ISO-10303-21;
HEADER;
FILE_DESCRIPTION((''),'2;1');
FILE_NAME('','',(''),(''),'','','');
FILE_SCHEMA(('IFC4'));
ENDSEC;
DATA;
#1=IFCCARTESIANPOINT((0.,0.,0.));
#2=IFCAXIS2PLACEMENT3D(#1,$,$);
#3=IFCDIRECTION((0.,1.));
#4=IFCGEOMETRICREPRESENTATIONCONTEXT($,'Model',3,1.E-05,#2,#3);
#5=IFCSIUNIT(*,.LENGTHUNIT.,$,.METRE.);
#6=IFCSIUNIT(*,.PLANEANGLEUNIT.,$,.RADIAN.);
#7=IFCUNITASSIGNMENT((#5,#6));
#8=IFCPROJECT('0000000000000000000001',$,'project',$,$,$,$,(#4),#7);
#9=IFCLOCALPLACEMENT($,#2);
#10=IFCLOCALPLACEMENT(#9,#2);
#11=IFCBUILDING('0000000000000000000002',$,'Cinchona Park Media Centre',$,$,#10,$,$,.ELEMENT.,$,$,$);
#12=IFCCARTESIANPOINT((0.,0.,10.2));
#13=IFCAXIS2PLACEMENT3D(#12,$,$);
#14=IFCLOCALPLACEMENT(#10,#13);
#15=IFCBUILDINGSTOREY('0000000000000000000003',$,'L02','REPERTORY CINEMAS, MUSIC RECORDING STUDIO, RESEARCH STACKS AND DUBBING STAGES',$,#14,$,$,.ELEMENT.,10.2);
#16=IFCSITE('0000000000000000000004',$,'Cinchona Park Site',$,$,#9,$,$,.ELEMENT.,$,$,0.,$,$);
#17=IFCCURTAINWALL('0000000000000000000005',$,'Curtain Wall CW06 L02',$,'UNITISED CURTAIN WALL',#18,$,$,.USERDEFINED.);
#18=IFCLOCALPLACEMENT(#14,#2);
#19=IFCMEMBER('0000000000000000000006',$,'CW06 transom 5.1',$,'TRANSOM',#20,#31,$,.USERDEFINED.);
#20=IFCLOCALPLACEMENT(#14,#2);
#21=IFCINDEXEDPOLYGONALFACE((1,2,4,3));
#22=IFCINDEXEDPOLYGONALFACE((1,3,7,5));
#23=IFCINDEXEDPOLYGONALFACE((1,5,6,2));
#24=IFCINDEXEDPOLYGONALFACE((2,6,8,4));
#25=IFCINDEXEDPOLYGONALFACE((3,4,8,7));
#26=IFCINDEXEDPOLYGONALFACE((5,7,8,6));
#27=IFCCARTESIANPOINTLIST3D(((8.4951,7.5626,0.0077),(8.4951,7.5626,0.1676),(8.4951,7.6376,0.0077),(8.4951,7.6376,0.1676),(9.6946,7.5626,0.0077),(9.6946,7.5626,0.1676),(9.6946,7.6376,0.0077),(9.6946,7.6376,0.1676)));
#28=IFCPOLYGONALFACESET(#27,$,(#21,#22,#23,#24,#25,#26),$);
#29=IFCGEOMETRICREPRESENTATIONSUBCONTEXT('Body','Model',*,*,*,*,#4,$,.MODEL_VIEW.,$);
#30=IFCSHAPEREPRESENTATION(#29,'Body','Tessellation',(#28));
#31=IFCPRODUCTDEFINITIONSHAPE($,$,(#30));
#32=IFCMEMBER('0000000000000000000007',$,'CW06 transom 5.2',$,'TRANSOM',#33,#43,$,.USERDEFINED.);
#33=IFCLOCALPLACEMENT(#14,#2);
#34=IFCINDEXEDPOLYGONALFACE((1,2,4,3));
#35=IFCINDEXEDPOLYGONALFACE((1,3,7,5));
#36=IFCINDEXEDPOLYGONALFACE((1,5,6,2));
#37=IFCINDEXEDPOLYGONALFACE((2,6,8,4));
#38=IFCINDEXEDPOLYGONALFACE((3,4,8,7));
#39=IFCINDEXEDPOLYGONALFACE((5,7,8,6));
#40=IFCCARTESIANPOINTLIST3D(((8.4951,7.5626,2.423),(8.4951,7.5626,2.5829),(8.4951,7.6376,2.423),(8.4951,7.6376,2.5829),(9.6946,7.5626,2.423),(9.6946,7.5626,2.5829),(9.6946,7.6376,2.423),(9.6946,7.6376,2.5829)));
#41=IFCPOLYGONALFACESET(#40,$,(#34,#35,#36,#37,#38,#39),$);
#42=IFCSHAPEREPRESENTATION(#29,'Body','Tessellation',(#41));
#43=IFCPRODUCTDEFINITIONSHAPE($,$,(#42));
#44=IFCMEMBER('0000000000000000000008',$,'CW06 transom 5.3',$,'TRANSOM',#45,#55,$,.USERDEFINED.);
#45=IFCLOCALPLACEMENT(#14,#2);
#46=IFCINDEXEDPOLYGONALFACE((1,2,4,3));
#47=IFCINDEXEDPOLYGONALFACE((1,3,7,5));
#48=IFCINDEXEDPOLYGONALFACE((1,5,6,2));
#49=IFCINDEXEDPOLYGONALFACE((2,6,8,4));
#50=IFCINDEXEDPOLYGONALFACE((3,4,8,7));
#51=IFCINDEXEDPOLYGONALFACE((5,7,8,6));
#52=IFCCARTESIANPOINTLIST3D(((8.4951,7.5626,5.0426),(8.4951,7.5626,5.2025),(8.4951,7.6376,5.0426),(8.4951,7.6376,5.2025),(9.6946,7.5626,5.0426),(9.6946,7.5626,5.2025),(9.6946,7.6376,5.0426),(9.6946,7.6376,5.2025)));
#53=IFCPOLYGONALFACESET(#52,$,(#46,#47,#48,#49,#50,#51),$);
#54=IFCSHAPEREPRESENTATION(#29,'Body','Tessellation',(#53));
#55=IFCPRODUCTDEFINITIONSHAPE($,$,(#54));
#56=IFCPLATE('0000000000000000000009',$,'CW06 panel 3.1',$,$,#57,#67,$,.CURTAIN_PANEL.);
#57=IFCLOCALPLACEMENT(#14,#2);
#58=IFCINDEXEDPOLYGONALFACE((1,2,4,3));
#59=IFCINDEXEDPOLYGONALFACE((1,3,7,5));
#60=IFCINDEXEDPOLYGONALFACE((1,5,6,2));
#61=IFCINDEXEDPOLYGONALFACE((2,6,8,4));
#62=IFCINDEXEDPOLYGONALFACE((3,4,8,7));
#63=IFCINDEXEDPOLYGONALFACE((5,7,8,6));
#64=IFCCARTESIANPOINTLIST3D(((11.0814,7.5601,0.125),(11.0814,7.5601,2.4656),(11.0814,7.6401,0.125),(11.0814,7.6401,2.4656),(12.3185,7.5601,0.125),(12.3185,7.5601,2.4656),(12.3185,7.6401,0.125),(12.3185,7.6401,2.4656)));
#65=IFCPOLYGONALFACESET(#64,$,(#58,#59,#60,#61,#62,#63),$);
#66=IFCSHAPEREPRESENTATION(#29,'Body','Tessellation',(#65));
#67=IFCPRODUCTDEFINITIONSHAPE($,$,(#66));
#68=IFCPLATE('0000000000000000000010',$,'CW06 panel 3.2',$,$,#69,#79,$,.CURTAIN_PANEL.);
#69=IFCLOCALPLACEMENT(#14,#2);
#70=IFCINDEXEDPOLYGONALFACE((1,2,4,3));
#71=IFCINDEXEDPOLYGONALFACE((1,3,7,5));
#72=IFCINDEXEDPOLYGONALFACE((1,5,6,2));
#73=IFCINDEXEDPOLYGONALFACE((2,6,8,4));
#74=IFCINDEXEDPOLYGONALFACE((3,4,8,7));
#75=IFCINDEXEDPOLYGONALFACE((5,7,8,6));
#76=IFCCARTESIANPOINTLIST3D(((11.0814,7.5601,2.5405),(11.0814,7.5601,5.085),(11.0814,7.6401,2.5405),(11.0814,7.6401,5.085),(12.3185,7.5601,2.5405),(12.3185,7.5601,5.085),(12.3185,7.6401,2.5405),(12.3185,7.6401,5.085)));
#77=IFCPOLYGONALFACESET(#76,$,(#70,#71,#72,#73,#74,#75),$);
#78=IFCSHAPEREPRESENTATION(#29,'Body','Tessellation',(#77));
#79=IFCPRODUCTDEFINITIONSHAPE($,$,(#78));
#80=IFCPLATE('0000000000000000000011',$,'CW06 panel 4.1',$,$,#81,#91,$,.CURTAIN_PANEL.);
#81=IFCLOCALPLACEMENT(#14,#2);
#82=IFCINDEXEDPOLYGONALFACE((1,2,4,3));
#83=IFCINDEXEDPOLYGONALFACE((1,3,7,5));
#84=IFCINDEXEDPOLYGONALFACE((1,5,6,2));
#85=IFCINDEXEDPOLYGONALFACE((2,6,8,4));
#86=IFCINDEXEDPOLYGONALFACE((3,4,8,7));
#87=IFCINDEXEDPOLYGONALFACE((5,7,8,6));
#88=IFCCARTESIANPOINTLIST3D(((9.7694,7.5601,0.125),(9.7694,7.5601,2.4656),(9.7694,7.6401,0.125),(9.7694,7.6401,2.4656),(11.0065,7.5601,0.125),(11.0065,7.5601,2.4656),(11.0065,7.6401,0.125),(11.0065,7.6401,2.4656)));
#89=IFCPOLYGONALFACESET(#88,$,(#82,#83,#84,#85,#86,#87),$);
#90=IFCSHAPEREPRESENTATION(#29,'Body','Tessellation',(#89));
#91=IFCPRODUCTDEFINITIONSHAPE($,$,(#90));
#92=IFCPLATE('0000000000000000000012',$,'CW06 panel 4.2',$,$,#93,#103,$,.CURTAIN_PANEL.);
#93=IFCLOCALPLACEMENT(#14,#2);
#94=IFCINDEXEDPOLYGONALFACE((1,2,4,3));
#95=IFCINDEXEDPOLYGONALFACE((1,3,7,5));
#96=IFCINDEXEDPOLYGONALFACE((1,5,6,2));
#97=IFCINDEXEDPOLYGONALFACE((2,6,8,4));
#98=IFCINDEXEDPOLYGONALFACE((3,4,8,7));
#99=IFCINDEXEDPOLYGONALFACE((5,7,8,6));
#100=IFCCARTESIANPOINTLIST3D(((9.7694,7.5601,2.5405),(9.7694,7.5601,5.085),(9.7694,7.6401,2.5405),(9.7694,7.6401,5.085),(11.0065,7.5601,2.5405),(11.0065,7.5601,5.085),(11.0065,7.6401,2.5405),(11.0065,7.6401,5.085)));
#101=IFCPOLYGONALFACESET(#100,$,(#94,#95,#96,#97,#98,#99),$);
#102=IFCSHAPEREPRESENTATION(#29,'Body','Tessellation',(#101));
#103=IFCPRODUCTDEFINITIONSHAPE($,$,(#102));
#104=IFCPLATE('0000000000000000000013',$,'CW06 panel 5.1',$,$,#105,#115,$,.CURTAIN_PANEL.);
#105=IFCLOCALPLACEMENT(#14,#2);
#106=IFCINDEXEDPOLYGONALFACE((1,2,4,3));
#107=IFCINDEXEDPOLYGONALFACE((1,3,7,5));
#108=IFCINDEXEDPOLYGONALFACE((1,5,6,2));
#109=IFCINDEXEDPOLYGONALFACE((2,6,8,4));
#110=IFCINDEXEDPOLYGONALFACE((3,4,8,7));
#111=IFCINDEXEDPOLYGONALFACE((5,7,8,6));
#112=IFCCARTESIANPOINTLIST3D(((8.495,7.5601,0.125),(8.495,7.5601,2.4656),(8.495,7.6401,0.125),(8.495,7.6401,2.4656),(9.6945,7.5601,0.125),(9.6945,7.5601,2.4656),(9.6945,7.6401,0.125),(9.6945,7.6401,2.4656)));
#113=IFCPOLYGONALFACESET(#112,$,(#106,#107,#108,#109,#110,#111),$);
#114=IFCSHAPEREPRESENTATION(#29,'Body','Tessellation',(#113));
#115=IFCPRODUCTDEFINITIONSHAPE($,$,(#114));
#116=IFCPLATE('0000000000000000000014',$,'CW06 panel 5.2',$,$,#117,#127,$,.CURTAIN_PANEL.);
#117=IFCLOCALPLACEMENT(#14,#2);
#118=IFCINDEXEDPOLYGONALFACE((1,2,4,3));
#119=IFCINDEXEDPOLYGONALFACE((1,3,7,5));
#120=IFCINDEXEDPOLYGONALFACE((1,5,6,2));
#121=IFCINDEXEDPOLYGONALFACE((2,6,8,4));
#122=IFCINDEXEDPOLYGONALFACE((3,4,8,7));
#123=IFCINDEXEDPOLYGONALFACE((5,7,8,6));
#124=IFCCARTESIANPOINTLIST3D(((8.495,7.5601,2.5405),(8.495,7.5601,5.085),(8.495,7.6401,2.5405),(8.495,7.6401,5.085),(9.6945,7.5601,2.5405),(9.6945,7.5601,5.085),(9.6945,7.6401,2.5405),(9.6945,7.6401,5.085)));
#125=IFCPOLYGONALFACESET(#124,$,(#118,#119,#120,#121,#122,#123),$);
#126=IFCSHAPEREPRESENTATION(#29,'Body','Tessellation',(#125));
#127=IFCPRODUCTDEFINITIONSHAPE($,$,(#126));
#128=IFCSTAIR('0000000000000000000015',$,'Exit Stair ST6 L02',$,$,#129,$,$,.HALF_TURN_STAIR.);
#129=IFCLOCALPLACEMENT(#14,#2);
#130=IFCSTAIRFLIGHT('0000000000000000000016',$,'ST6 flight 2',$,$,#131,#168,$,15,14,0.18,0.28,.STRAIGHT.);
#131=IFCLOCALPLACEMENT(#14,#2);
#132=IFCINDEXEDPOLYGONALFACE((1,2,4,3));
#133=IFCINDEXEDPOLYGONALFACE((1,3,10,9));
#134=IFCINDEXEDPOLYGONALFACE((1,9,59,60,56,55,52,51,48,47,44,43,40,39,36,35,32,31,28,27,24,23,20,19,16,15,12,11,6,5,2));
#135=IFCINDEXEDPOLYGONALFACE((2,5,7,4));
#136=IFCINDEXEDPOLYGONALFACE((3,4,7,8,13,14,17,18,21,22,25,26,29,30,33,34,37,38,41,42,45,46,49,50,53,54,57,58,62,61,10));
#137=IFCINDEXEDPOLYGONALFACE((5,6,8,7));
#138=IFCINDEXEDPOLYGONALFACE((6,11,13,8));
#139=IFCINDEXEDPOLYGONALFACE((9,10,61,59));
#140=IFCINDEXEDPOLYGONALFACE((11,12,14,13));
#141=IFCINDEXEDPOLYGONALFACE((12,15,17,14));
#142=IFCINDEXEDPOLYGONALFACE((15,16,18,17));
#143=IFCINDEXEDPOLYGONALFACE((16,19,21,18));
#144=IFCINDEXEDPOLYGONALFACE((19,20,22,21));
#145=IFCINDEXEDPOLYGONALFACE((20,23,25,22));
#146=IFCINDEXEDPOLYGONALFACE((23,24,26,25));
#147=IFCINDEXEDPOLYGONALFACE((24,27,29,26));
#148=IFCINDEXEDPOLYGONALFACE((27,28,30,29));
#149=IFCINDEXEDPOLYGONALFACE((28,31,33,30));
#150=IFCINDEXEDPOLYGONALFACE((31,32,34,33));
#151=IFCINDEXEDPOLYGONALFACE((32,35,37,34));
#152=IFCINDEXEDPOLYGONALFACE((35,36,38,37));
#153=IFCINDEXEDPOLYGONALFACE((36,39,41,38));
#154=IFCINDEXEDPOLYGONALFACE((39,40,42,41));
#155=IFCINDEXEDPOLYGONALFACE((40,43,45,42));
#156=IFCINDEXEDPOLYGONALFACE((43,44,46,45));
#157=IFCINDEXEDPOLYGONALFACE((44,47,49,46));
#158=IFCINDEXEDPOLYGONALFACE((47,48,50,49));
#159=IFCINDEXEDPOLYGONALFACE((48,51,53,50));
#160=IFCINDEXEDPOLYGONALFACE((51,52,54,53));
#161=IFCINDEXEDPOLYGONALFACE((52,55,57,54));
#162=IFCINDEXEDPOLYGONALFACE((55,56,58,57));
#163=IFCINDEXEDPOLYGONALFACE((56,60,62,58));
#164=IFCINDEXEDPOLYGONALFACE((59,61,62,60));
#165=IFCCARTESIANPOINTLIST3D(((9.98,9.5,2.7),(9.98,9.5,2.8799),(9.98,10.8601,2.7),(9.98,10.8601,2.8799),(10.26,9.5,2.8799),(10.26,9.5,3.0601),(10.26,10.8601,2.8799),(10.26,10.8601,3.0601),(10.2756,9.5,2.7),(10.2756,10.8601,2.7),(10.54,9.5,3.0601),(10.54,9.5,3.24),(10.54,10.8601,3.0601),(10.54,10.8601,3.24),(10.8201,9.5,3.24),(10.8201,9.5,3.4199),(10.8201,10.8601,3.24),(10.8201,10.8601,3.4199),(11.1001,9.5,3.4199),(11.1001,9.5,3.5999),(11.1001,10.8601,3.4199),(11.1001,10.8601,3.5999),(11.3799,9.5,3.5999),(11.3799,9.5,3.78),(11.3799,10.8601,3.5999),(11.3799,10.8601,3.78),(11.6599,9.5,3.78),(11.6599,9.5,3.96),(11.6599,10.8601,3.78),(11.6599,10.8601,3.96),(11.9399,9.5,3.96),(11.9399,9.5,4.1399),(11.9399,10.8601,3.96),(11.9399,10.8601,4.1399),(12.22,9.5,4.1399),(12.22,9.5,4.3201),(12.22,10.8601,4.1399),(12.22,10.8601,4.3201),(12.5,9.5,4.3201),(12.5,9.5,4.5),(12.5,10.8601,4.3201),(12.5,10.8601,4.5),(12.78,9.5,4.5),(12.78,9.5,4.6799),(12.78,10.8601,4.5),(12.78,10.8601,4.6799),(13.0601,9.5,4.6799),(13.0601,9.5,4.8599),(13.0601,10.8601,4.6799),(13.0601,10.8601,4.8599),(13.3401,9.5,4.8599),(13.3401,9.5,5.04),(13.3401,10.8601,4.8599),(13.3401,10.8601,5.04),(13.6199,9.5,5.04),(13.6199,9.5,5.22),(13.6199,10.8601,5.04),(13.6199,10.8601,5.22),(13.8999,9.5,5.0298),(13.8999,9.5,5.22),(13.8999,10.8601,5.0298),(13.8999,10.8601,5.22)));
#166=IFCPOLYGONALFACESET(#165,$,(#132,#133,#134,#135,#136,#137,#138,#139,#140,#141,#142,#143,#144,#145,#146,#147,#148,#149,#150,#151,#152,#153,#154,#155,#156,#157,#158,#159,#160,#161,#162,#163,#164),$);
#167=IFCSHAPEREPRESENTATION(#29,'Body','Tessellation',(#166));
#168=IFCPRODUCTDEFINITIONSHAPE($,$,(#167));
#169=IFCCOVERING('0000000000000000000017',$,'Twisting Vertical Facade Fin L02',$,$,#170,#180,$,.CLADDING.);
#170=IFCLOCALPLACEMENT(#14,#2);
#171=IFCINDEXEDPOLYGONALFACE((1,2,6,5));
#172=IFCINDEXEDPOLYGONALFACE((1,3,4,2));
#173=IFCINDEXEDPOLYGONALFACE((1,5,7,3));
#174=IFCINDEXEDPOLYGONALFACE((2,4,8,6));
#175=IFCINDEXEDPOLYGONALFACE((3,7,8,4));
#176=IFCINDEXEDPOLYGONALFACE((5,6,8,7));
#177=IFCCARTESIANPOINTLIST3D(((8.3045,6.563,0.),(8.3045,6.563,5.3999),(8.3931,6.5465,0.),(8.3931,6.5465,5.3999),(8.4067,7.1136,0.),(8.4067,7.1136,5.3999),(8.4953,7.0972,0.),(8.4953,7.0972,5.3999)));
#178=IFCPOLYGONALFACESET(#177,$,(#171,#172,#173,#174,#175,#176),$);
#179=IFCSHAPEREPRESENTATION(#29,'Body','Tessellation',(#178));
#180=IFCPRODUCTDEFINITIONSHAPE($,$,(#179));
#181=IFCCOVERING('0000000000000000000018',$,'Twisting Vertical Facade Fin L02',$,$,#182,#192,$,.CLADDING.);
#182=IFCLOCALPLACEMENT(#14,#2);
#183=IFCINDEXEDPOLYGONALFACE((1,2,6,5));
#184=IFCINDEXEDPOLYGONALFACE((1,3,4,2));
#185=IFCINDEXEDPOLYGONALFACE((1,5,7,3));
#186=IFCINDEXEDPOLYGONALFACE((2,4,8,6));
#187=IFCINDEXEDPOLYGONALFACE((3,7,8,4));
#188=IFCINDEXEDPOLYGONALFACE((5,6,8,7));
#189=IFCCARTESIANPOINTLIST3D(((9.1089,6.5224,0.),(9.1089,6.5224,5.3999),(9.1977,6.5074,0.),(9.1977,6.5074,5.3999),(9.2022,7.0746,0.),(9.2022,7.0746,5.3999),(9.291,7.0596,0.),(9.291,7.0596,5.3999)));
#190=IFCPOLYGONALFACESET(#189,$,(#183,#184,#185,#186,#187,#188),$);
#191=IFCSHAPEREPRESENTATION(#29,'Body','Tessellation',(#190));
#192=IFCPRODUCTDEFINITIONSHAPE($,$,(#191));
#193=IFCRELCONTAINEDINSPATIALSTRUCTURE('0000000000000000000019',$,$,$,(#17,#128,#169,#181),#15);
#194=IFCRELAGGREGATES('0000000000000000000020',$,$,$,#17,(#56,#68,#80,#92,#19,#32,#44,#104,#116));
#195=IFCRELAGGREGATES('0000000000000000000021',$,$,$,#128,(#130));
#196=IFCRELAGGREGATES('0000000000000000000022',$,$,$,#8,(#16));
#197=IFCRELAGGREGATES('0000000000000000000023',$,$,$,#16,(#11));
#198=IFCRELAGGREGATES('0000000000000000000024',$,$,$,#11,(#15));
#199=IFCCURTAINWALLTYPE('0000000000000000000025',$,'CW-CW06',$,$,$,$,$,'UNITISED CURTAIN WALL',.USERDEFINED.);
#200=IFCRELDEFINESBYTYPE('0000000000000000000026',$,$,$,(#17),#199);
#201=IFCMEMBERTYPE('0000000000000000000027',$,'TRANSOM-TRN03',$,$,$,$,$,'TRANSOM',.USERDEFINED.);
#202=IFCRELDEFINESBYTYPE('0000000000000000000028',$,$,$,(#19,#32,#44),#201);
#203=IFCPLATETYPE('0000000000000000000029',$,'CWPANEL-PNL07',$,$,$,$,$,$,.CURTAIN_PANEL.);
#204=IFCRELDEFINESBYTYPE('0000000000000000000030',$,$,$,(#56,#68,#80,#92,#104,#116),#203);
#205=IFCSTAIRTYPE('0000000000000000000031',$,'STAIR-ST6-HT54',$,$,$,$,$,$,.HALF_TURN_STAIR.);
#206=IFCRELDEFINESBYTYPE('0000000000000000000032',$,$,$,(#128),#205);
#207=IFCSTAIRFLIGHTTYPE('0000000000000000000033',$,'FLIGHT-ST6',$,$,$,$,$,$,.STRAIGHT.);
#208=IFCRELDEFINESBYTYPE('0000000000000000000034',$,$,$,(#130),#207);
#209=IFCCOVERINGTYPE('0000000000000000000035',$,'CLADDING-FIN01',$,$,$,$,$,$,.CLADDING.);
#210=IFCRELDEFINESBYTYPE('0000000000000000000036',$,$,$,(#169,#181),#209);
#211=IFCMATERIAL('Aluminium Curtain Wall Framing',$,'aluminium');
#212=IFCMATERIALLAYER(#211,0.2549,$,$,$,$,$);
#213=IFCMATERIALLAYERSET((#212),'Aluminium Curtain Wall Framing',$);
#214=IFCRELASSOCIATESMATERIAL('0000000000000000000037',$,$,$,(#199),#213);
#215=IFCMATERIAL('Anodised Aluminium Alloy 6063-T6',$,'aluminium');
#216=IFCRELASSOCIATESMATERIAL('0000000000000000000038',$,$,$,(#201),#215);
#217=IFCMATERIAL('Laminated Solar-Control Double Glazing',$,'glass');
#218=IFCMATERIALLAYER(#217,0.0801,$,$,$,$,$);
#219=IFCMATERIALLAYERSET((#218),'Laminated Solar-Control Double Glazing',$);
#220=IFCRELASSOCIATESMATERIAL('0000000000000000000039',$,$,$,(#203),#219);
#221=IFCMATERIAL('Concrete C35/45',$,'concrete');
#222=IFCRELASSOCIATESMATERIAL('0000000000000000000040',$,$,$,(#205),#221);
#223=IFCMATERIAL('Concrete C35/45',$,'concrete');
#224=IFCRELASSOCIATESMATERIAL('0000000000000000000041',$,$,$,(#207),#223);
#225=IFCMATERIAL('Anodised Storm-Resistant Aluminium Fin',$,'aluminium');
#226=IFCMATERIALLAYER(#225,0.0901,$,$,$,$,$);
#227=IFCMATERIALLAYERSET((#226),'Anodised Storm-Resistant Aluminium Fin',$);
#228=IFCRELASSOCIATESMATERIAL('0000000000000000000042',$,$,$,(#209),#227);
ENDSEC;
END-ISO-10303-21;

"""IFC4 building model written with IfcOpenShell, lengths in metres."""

from ifc_helpers import new_model, si_unit, direction, frame, origin, origin_2d, place, context, subcontext, project, spatial, polyline, rectangle, outline, extrude, material, layer, layer_set, material_profile, profile_set, type_object, element, aggregate, save


model = new_model("IFC4")

# Units and contexts
model_context = context("Model", 3, precision=1e-05, world=origin(), true_north=direction((0.0, 1.0)))
body_context = subcontext(model_context, "Body", "Model", "MODEL_VIEW")
ifc_project = project(units=[si_unit("LENGTHUNIT", "METRE"), si_unit("PLANEANGLEUNIT", "RADIAN")], contexts=[model_context])

# Site, building, storey
site_placement = place(None, origin())
site = spatial("IfcSite", under=ifc_project, at=site_placement, Name="Cinchona Park Site", CompositionType="ELEMENT", RefElevation=0.0)
building_placement = place(site_placement, origin())
building = spatial("IfcBuilding", under=site, at=building_placement, Name="Cinchona Park Media Centre", CompositionType="ELEMENT")
storey_placement = place(building_placement, frame((0.0, 0.0, 10.2)))
storey = spatial("IfcBuildingStorey", under=building, at=storey_placement, Name="L02", Description="REPERTORY CINEMAS, MUSIC RECORDING STUDIO, RESEARCH STACKS AND DUBBING STAGES", CompositionType="ELEMENT", Elevation=10.2)

# Curtain wall, members, plates
ifc_material_1 = material(Name="Aluminium Curtain Wall Framing", Category="aluminium")
ifc_layer_1 = layer(ifc_material_1, 0.2549)
ifc_layer_set_1 = layer_set([ifc_layer_1], Name="Aluminium Curtain Wall Framing")
curtain_wall_type = type_object("IfcCurtainWallType", Name="CW-CW06", ElementType="UNITISED CURTAIN WALL", PredefinedType="USERDEFINED", material=ifc_layer_set_1)
curtain_wall_placement = place(storey_placement, origin())
curtain_wall = element("IfcCurtainWall", 1, at=curtain_wall_placement, inside=storey, type_object=curtain_wall_type, Name="Curtain Wall CW06 L02", ObjectType="UNITISED CURTAIN WALL", PredefinedType="USERDEFINED")
ifc_material_2 = material(Name="Anodised Aluminium Alloy 6063-T6", Category="aluminium")
ifc_material_profile_1 = material_profile(ifc_material_2, rectangle(XDim=0.075, YDim=0.1599, at=origin_2d()), Name="TRN-75X160")
ifc_profile_set_1 = profile_set([ifc_material_profile_1], Name="Anodised Aluminium Alloy 6063-T6")
member_type_1 = type_object("IfcMemberType", Name="TRANSOM-TRN03", ElementType="TRANSOM", PredefinedType="USERDEFINED", material=ifc_profile_set_1)
member_1_placement = place(storey_placement, frame((9.6946, 7.6001, 0.0876), z_axis=(-1.0, 0.0, 0.0), x_axis=(0.0, -1.0, 0.0)))
member_1 = element("IfcMember", 2, at=member_1_placement, type_object=member_type_1, Name="CW06 transom 5.1", ObjectType="TRANSOM", PredefinedType="USERDEFINED", context=body_context, shape_type="SweptSolid", body=[
    extrude(rectangle(XDim=0.075, YDim=0.1599, at=origin_2d()), origin(), (0.0, 0.0, 1.0), 1.1995),
])
member_2_placement = place(storey_placement, frame((9.6946, 7.6001, 2.5029), z_axis=(-1.0, 0.0, 0.0), x_axis=(0.0, -1.0, 0.0)))
member_2 = element("IfcMember", 3, at=member_2_placement, type_object=member_type_1, Name="CW06 transom 5.2", ObjectType="TRANSOM", PredefinedType="USERDEFINED", context=body_context, shape_type="SweptSolid", body=[
    extrude(rectangle(XDim=0.075, YDim=0.1599, at=origin_2d()), origin(), (0.0, 0.0, 1.0), 1.1995),
])
member_3_placement = place(storey_placement, frame((9.6946, 7.6001, 5.1226), z_axis=(-1.0, 0.0, 0.0), x_axis=(0.0, -1.0, 0.0)))
member_3 = element("IfcMember", 4, at=member_3_placement, type_object=member_type_1, Name="CW06 transom 5.3", ObjectType="TRANSOM", PredefinedType="USERDEFINED", context=body_context, shape_type="SweptSolid", body=[
    extrude(rectangle(XDim=0.075, YDim=0.1599, at=origin_2d()), origin(), (0.0, 0.0, 1.0), 1.1995),
])
ifc_material_3 = material(Name="Laminated Solar-Control Double Glazing", Category="glass")
ifc_layer_2 = layer(ifc_material_3, 0.0801)
ifc_layer_set_2 = layer_set([ifc_layer_2], Name="Laminated Solar-Control Double Glazing")
plate_type = type_object("IfcPlateType", Name="CWPANEL-PNL07", PredefinedType="CURTAIN_PANEL", material=ifc_layer_set_2)
plate_1_placement = place(storey_placement, frame((11.7, 7.6001, 0.125), z_axis=(0.0, 0.0, 1.0), x_axis=(-1.0, 0.0, 0.0)))
plate_1 = element("IfcPlate", 5, at=plate_1_placement, type_object=plate_type, Name="CW06 panel 3.1", PredefinedType="CURTAIN_PANEL", context=body_context, shape_type="SweptSolid", body=[
    extrude(rectangle(XDim=1.2371, YDim=0.0801, at=origin_2d()), origin(), (0.0, 0.0, 1.0), 2.3406),
])
plate_2_placement = place(storey_placement, frame((11.7, 7.6001, 2.5405), z_axis=(0.0, 0.0, 1.0), x_axis=(-1.0, 0.0, 0.0)))
plate_2 = element("IfcPlate", 6, at=plate_2_placement, type_object=plate_type, Name="CW06 panel 3.2", PredefinedType="CURTAIN_PANEL", context=body_context, shape_type="SweptSolid", body=[
    extrude(rectangle(XDim=1.2371, YDim=0.0801, at=origin_2d()), origin(), (0.0, 0.0, 1.0), 2.5444),
])
plate_3_placement = place(storey_placement, frame((10.3879, 7.6001, 0.125), z_axis=(0.0, 0.0, 1.0), x_axis=(-1.0, 0.0, 0.0)))
plate_3 = element("IfcPlate", 7, at=plate_3_placement, type_object=plate_type, Name="CW06 panel 4.1", PredefinedType="CURTAIN_PANEL", context=body_context, shape_type="SweptSolid", body=[
    extrude(rectangle(XDim=1.2371, YDim=0.0801, at=origin_2d()), origin(), (0.0, 0.0, 1.0), 2.3406),
])
plate_4_placement = place(storey_placement, frame((10.3879, 7.6001, 2.5405), z_axis=(0.0, 0.0, 1.0), x_axis=(-1.0, 0.0, 0.0)))
plate_4 = element("IfcPlate", 8, at=plate_4_placement, type_object=plate_type, Name="CW06 panel 4.2", PredefinedType="CURTAIN_PANEL", context=body_context, shape_type="SweptSolid", body=[
    extrude(rectangle(XDim=1.2371, YDim=0.0801, at=origin_2d()), origin(), (0.0, 0.0, 1.0), 2.5444),
])
plate_5_placement = place(storey_placement, frame((9.0947, 7.6001, 0.125), z_axis=(0.0, 0.0, 1.0), x_axis=(-1.0, 0.0, 0.0)))
plate_5 = element("IfcPlate", 9, at=plate_5_placement, type_object=plate_type, Name="CW06 panel 5.1", PredefinedType="CURTAIN_PANEL", context=body_context, shape_type="SweptSolid", body=[
    extrude(rectangle(XDim=1.1995, YDim=0.0801, at=origin_2d()), origin(), (0.0, 0.0, 1.0), 2.3406),
])
plate_6_placement = place(storey_placement, frame((9.0947, 7.6001, 2.5405), z_axis=(0.0, 0.0, 1.0), x_axis=(-1.0, 0.0, 0.0)))
plate_6 = element("IfcPlate", 10, at=plate_6_placement, type_object=plate_type, Name="CW06 panel 5.2", PredefinedType="CURTAIN_PANEL", context=body_context, shape_type="SweptSolid", body=[
    extrude(rectangle(XDim=1.1995, YDim=0.0801, at=origin_2d()), origin(), (0.0, 0.0, 1.0), 2.5444),
])
aggregate(curtain_wall, [plate_1, plate_2, plate_3, plate_4, member_1, member_2, member_3, plate_5, plate_6])

# Stair, stair flight
ifc_material_4 = material(Name="Concrete C35/45", Category="concrete")
stair_type = type_object("IfcStairType", Name="STAIR-ST6-HT54", PredefinedType="HALF_TURN_STAIR", material=ifc_material_4)
stair_placement = place(storey_placement, origin())
stair = element("IfcStair", 11, at=stair_placement, inside=storey, type_object=stair_type, Name="Exit Stair ST6 L02", PredefinedType="HALF_TURN_STAIR")
ifc_material_5 = material(Name="Concrete C35/45", Category="concrete")
stair_flight_type = type_object("IfcStairFlightType", Name="FLIGHT-ST6", PredefinedType="STRAIGHT", material=ifc_material_5)
stair_flight_placement = place(storey_placement, frame((9.98, 10.1799, 2.7), z_axis=(0.0, 0.0, 1.0), x_axis=(1.0, 0.0, 0.0)))
stair_flight = element("IfcStairFlight", 12, at=stair_flight_placement, type_object=stair_flight_type, Name="ST6 flight 2", NumberOfRisers=15, NumberOfTreads=14, PredefinedType="STRAIGHT", RiserHeight=0.18, TreadLength=0.28, context=body_context, shape_type="SweptSolid", body=[
    extrude(outline(polyline([(0.0, 0.0), (0.0, 0.1799), (0.28, 0.1799), (0.28, 0.3601), (0.5601, 0.3601), (0.5601, 0.54), (0.8401, 0.54), (0.8401, 0.72), (1.1201, 0.72), (1.1201, 0.8999), (1.3999, 0.8999), (1.3999, 1.0801), (1.6799, 1.0801), (1.6799, 1.26), (1.96, 1.26), (1.96, 1.4399), (2.24, 1.4399), (2.24, 1.6201), (2.52, 1.6201), (2.52, 1.8), (2.8, 1.8), (2.8, 1.98), (3.0801, 1.98), (3.0801, 2.1599), (3.3601, 2.1599), (3.3601, 2.3401), (3.6399, 2.3401), (3.6399, 2.52), (3.9199, 2.52), (3.9199, 2.7), (3.9199, 2.3298), (0.2957, 0.0), (0.0, 0.0)])), frame((0.0, 0.6802, 0.0), z_axis=(0.0, -1.0, 0.0), x_axis=(1.0, 0.0, 0.0)), (0.0, 0.0, 1.0), 1.3601),
])
aggregate(stair, [stair_flight])

# Coverings
ifc_material_6 = material(Name="Anodised Storm-Resistant Aluminium Fin", Category="aluminium")
ifc_layer_3 = layer(ifc_material_6, 0.0901)
ifc_layer_set_3 = layer_set([ifc_layer_3], Name="Anodised Storm-Resistant Aluminium Fin")
covering_type = type_object("IfcCoveringType", Name="CLADDING-FIN01", PredefinedType="CLADDING", material=ifc_layer_set_3)
for number, where, z_axis, x_axis, name in (
    (13, (8.3999, 6.8301, 0.0), (0.0, 0.0, 1.0), (0.182579, 0.983191, 0.0), "Twisting Vertical Facade Fin L02"),
    (14, (9.2, 6.791, 0.0), (0.0, 0.0, 1.0), (0.166597, 0.986025, 0.0), "Twisting Vertical Facade Fin L02"),
):
    element("IfcCovering", number, at=place(storey_placement, frame(where, z_axis=z_axis, x_axis=x_axis)), inside=storey, type_object=covering_type, Name=name, PredefinedType="CLADDING", context=body_context, shape_type="SweptSolid", body=[
        extrude(rectangle(XDim=0.5601, YDim=0.0901, at=origin_2d()), origin(), (0.0, 0.0, 1.0), 5.3999),
    ])

save(model, "model.ifc")
